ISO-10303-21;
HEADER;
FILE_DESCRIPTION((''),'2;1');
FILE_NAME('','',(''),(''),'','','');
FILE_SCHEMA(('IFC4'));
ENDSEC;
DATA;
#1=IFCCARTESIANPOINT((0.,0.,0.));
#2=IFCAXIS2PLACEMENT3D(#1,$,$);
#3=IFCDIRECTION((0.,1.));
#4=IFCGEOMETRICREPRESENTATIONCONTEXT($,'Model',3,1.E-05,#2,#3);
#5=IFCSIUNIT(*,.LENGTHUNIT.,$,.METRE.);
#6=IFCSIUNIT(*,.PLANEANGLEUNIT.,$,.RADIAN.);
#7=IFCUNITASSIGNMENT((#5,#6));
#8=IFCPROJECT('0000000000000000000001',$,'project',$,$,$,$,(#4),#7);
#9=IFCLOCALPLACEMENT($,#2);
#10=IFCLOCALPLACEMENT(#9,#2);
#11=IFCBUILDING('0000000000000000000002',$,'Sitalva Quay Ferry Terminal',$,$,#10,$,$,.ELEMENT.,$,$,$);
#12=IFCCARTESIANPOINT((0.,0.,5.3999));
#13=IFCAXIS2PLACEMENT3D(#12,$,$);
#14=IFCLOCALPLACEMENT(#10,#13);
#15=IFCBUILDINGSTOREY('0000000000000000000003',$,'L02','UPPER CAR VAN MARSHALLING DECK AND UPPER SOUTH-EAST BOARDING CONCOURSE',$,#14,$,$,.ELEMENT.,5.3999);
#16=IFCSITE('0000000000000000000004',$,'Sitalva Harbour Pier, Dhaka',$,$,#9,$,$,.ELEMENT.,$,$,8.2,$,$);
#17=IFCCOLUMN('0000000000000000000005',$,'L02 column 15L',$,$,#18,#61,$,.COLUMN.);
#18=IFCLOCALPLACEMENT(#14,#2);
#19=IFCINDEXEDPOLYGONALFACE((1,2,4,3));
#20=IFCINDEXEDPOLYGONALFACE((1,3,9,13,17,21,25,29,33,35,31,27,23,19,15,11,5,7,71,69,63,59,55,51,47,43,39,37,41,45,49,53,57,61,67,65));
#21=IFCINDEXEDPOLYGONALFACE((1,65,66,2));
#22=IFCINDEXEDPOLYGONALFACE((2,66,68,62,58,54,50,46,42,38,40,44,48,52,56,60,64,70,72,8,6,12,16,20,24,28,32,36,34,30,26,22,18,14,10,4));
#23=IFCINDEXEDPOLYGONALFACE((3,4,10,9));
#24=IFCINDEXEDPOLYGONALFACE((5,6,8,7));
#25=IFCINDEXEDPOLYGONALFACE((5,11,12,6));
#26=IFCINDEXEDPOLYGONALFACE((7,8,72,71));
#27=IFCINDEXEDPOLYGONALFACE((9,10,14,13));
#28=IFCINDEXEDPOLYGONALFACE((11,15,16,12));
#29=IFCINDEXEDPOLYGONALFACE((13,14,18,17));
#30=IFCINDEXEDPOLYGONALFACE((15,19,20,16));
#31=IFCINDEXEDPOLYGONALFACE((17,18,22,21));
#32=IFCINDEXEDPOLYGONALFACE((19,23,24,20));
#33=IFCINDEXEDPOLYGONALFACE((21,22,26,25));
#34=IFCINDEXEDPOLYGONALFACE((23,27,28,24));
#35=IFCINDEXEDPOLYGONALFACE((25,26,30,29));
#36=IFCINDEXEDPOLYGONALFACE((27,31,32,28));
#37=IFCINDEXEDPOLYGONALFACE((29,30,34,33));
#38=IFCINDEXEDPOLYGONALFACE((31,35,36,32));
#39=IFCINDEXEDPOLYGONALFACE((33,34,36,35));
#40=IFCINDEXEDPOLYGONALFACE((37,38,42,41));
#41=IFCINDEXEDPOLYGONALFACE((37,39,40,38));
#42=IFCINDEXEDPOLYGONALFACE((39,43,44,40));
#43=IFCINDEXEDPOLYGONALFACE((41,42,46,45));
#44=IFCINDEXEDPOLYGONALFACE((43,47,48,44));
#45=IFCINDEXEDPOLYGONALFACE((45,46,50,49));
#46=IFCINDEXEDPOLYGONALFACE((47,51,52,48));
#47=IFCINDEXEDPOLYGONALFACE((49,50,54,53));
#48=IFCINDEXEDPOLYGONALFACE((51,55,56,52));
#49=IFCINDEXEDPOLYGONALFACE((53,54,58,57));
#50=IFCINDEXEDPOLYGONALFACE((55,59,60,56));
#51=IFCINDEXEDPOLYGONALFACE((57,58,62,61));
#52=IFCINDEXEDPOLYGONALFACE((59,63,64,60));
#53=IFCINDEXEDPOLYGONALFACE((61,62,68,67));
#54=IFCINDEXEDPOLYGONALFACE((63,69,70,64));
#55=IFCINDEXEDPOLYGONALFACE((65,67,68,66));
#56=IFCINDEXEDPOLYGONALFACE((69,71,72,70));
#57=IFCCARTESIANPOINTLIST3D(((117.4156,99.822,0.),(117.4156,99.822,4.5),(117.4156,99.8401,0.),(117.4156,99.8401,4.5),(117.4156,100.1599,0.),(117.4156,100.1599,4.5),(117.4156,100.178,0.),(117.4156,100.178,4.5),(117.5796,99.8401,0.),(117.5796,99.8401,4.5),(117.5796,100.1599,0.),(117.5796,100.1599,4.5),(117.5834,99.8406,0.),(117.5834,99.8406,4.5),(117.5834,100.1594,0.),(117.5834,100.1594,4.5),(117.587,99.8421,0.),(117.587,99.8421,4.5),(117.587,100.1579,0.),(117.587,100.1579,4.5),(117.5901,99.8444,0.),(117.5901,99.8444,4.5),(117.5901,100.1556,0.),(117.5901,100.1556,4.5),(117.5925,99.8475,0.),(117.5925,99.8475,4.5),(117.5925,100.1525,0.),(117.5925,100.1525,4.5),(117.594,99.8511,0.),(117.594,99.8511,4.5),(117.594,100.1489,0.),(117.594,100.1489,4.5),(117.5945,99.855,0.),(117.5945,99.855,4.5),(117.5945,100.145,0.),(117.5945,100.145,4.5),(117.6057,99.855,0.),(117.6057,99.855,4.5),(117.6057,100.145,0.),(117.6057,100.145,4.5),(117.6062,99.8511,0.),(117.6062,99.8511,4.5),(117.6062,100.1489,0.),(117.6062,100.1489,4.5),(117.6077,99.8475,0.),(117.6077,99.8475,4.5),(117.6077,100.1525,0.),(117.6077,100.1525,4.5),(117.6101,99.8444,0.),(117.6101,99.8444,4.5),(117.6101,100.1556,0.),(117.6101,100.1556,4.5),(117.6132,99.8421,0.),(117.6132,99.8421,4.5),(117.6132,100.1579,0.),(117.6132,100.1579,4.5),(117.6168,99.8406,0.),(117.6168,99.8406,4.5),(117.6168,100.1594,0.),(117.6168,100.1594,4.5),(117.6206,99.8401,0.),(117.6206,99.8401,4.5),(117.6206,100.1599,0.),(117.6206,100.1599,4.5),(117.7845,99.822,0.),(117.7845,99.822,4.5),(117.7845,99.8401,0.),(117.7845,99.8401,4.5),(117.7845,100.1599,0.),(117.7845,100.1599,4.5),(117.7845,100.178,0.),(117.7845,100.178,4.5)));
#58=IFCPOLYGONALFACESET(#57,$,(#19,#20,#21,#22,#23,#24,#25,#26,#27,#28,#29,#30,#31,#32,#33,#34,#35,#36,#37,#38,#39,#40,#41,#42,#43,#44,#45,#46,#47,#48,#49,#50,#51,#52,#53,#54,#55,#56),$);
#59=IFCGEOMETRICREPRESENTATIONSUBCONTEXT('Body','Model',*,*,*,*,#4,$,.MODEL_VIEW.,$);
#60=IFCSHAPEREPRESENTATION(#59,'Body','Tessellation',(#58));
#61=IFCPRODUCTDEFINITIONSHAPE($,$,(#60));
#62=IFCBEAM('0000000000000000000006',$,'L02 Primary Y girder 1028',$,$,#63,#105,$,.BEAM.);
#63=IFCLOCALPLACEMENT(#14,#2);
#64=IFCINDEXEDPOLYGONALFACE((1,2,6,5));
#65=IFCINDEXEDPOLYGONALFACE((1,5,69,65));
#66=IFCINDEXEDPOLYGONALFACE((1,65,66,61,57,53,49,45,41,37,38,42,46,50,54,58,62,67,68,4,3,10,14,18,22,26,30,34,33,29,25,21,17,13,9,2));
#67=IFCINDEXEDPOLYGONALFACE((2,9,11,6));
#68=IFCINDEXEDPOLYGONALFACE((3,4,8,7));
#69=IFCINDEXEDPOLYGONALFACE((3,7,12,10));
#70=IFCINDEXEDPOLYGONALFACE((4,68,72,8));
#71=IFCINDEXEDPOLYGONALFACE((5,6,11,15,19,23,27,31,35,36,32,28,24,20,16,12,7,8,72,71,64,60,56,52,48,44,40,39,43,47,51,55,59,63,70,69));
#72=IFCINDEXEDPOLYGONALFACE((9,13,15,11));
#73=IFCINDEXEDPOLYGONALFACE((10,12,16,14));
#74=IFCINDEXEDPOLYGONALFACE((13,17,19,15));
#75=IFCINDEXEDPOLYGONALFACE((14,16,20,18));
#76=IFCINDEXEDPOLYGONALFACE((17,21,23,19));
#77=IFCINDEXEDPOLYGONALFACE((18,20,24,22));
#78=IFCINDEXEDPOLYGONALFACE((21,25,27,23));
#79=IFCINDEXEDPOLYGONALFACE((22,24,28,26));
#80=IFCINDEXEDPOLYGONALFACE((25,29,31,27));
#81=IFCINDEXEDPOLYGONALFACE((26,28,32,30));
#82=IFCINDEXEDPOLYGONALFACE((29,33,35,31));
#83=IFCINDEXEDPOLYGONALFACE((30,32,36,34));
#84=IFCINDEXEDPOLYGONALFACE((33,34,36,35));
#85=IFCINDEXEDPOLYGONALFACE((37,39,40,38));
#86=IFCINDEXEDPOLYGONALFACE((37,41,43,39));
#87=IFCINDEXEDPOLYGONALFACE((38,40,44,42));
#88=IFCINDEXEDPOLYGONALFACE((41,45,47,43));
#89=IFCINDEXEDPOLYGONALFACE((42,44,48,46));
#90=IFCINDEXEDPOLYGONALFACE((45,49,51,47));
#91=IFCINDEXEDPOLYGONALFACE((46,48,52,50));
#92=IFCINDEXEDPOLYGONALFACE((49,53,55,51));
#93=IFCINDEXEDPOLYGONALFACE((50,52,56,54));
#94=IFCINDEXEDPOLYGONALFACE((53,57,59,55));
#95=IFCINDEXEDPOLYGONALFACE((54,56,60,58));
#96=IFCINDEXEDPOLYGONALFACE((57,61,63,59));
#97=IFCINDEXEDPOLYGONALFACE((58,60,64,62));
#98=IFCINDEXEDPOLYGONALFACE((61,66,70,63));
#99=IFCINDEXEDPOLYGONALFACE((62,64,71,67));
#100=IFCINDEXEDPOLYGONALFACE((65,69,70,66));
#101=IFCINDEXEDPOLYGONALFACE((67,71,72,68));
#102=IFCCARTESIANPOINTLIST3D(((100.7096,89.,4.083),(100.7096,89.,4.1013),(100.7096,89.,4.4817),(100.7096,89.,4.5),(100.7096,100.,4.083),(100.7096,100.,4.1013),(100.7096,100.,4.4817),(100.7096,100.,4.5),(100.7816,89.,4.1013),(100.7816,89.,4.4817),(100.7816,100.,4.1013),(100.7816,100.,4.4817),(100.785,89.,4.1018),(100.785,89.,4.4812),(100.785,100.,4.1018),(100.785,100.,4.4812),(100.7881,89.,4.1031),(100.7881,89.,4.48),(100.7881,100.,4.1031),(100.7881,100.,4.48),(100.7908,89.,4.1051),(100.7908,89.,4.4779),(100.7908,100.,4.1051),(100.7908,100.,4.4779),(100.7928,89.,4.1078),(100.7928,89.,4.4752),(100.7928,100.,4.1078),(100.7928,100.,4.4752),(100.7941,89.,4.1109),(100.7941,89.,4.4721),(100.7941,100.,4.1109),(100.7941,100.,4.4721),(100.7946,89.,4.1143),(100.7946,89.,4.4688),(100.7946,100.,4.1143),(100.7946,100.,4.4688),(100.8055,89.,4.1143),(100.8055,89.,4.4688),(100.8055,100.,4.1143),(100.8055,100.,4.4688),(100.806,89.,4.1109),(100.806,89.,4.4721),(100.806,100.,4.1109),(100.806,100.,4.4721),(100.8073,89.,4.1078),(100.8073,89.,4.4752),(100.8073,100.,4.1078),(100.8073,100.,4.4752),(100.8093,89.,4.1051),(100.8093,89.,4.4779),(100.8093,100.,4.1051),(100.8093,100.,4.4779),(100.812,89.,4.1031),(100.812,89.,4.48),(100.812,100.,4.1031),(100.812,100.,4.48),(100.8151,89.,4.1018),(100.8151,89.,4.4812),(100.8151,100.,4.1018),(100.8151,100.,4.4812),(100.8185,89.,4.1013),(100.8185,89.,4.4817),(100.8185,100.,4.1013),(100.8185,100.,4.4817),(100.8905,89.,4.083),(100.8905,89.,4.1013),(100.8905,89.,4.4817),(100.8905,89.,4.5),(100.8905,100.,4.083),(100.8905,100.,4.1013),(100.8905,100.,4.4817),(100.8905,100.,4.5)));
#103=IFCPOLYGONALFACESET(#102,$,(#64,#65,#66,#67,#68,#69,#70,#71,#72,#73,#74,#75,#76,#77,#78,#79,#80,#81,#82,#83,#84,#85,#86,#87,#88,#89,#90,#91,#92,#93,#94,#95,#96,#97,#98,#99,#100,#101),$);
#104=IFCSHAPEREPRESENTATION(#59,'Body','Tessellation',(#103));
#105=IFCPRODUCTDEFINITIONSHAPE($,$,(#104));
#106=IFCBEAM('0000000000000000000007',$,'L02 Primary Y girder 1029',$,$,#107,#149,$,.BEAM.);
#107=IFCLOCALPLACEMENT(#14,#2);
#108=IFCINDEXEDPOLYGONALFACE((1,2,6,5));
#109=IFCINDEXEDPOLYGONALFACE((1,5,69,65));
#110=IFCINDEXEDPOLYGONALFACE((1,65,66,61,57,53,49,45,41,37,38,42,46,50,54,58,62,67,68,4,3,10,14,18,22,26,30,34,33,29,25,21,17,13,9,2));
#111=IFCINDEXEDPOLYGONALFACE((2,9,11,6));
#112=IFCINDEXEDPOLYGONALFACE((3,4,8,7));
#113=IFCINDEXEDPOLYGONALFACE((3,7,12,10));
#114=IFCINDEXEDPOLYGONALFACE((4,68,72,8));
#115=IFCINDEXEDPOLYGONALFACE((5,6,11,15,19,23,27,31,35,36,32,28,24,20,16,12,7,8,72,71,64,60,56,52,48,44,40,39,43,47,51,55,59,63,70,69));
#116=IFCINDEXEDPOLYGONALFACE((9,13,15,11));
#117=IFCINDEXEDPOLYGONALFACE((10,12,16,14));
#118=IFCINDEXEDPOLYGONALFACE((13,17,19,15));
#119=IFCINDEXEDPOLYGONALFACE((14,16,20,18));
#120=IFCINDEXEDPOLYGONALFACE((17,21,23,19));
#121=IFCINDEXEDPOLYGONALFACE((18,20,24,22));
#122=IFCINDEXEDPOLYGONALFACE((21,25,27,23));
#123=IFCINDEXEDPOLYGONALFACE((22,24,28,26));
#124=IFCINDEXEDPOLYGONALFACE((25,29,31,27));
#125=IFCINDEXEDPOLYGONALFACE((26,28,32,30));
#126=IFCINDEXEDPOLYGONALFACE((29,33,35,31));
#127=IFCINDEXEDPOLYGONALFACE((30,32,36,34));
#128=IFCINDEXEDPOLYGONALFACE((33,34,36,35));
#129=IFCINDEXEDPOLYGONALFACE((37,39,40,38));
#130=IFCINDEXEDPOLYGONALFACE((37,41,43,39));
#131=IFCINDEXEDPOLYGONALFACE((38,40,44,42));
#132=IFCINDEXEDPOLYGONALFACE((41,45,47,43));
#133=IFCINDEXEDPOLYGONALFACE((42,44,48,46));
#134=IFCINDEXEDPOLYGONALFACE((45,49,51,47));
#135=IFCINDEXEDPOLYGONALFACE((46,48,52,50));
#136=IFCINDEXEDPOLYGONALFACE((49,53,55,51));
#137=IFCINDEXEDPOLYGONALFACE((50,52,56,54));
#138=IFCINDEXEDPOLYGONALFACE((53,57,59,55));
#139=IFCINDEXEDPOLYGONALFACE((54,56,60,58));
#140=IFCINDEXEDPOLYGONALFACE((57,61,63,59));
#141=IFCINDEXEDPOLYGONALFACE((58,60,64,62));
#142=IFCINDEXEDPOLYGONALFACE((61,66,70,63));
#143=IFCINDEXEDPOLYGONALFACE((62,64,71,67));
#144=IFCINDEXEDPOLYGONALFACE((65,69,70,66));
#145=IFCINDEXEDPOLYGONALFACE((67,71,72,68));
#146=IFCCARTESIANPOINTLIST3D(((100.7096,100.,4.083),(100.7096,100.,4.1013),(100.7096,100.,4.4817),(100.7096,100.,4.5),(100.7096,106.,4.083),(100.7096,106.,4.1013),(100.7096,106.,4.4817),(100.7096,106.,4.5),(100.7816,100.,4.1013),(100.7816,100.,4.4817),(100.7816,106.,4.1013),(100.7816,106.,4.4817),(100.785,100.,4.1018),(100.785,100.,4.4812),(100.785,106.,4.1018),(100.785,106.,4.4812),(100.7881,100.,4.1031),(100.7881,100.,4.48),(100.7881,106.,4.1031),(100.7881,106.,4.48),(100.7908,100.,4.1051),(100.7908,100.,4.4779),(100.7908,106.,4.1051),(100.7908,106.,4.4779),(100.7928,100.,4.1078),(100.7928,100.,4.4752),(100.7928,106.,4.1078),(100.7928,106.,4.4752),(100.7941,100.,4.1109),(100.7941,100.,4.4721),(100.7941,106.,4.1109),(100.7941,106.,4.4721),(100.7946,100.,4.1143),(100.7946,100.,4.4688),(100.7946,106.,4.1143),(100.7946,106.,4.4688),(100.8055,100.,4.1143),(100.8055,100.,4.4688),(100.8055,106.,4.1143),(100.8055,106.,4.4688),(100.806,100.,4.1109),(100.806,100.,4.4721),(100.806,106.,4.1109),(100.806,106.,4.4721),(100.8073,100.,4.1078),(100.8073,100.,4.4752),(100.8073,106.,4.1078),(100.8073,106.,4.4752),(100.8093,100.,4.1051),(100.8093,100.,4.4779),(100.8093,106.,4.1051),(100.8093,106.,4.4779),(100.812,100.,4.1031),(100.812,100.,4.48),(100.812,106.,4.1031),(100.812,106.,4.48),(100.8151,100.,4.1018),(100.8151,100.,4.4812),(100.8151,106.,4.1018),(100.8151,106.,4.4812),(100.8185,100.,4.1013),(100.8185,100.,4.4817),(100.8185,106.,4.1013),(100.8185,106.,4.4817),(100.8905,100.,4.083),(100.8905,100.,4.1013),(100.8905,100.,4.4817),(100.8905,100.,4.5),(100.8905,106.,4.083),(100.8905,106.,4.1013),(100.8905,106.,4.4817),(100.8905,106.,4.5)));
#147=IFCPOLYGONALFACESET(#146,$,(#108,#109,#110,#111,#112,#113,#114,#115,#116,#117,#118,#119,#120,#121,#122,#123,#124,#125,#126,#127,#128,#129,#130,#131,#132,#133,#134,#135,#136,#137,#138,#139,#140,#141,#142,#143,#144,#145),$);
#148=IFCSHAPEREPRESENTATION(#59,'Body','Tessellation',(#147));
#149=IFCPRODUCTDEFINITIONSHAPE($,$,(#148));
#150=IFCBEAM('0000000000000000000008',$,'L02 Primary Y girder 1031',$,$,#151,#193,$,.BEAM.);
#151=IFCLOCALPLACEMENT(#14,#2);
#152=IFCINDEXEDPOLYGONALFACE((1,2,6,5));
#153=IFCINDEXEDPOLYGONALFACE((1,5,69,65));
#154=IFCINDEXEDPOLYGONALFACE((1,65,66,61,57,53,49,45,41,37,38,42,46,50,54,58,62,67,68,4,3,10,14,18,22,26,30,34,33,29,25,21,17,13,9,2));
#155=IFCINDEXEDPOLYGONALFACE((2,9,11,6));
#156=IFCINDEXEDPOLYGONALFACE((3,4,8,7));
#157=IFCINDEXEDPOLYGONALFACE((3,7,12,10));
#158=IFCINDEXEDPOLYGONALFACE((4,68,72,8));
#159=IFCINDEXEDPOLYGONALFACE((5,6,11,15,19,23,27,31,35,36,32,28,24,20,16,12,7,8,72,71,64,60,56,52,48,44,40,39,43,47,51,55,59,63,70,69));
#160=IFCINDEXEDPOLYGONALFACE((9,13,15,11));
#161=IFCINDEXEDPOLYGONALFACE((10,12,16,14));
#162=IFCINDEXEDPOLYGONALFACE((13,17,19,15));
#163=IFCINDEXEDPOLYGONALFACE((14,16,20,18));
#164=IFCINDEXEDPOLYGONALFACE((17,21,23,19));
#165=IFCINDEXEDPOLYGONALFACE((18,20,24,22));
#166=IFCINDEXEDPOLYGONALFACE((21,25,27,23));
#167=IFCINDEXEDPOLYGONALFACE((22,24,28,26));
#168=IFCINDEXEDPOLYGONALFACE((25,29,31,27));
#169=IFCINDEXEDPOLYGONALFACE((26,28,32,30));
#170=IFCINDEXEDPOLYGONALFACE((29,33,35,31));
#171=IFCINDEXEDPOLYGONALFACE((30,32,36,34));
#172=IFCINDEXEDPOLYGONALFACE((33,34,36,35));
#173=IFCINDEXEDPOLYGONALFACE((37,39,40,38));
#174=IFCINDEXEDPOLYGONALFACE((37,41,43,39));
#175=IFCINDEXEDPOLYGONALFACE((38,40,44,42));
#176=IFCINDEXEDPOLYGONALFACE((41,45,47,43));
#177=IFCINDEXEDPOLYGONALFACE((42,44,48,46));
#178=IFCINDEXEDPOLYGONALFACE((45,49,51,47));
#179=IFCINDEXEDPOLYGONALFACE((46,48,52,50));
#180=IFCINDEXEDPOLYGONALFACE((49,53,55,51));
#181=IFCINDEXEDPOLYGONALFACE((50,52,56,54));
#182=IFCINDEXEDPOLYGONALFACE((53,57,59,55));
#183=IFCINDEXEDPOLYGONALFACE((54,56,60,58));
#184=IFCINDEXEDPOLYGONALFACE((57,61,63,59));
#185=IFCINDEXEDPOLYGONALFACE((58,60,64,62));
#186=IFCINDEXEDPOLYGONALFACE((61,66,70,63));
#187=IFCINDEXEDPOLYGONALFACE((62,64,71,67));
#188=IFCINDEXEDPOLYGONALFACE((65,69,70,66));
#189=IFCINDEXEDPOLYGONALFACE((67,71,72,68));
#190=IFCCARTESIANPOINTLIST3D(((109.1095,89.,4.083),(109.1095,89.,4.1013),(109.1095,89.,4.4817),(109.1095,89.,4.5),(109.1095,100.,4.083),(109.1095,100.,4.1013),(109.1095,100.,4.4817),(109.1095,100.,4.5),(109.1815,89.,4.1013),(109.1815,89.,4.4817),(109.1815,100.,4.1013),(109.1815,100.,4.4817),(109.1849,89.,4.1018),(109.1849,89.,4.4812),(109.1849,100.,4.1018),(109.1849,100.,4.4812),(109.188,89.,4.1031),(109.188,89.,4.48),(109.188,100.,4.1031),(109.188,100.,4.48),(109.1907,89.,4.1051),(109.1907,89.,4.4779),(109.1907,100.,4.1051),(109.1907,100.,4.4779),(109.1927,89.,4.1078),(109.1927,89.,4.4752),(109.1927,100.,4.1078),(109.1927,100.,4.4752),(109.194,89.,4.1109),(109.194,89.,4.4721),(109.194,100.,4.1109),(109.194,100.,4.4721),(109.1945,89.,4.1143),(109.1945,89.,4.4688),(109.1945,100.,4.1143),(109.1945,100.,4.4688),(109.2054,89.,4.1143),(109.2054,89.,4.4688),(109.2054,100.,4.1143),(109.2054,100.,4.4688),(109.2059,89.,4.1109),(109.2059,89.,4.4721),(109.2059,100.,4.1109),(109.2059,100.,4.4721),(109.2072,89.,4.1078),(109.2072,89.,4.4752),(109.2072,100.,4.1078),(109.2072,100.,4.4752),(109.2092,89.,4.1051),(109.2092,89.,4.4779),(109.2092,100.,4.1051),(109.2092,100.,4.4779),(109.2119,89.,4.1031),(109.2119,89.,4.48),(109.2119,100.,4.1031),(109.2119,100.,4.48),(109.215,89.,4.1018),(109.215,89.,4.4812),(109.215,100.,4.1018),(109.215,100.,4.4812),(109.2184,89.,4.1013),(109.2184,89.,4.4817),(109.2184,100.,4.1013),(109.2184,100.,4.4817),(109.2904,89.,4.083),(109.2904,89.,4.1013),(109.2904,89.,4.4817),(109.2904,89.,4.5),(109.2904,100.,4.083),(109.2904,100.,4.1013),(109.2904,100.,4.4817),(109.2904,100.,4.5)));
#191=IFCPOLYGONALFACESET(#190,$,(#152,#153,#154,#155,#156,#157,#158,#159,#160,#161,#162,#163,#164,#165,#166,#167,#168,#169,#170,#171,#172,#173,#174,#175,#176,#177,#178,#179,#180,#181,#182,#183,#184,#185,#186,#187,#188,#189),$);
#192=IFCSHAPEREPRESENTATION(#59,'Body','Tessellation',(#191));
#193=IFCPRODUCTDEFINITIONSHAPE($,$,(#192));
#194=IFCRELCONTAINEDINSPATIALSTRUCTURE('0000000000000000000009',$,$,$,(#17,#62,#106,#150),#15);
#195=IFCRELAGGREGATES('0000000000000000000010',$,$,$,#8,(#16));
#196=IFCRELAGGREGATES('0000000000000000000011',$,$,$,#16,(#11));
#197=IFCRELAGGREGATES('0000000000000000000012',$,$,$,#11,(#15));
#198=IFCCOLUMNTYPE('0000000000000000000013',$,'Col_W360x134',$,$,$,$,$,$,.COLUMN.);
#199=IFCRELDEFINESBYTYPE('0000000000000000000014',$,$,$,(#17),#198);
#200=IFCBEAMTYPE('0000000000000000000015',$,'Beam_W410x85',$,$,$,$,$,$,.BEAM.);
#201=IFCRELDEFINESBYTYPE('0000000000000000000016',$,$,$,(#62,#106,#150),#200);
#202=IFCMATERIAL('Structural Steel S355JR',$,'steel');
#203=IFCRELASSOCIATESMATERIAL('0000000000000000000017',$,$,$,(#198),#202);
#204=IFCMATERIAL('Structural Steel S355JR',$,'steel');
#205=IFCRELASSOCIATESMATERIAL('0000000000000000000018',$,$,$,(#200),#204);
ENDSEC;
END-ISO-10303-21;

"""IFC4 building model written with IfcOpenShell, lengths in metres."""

from ifc_helpers import new_model, si_unit, direction, frame, origin, origin_2d, place, context, subcontext, project, spatial, i_section, extrude, material, material_profile, profile_set, type_object, element, save


model = new_model("IFC4")

# Units and contexts
model_context = context("Model", 3, precision=1e-05, world=origin(), true_north=direction((0.0, 1.0)))
body_context = subcontext(model_context, "Body", "Model", "MODEL_VIEW")
ifc_project = project(units=[si_unit("LENGTHUNIT", "METRE"), si_unit("PLANEANGLEUNIT", "RADIAN")], contexts=[model_context])

# Site, building, storey
site_placement = place(None, origin())
site = spatial("IfcSite", under=ifc_project, at=site_placement, Name="Sitalva Harbour Pier, Dhaka", CompositionType="ELEMENT", RefElevation=8.2)
building_placement = place(site_placement, origin())
building = spatial("IfcBuilding", under=site, at=building_placement, Name="Sitalva Quay Ferry Terminal", CompositionType="ELEMENT")
storey_placement = place(building_placement, frame((0.0, 0.0, 5.3999)))
storey = spatial("IfcBuildingStorey", under=building, at=storey_placement, Name="L02", Description="UPPER CAR VAN MARSHALLING DECK AND UPPER SOUTH-EAST BOARDING CONCOURSE", CompositionType="ELEMENT", Elevation=5.3999)

# Column
ifc_material_1 = material(Name="Structural Steel S355JR", Category="steel")
ifc_material_profile_1 = material_profile(ifc_material_1, i_section(OverallWidth=0.3689, OverallDepth=0.356, WebThickness=0.0112, FlangeThickness=0.0181, FilletRadius=0.0149, at=origin_2d()), Name="W360x134")
ifc_profile_set_1 = profile_set([ifc_material_profile_1], Name="Structural Steel S355JR")
column_type = type_object("IfcColumnType", Name="Col_W360x134", PredefinedType="COLUMN", material=ifc_profile_set_1)
for number, where, z_axis, x_axis, name in (
    (1, (117.6001, 100.0, 0.0), (0.0, 0.0, 1.0), (1.0, 0.0, 0.0), "L02 column 15L"),
):
    element("IfcColumn", number, at=place(storey_placement, frame(where, z_axis=z_axis, x_axis=x_axis)), inside=storey, type_object=column_type, Name=name, PredefinedType="COLUMN", context=body_context, shape_type="SweptSolid", body=[
        extrude(i_section(OverallWidth=0.3689, OverallDepth=0.356, WebThickness=0.0112, FlangeThickness=0.0181, FilletRadius=0.0149, at=origin_2d()), origin(), (0.0, 0.0, 1.0), 4.5),
    ])

# Beams
ifc_material_2 = material(Name="Structural Steel S355JR", Category="steel")
ifc_material_profile_2 = material_profile(ifc_material_2, i_section(OverallWidth=0.1809, OverallDepth=0.417, WebThickness=0.011, FlangeThickness=0.0183, FilletRadius=0.0129, at=origin_2d()), Name="W410x85")
ifc_profile_set_2 = profile_set([ifc_material_profile_2], Name="Structural Steel S355JR")
beam_type_1 = type_object("IfcBeamType", Name="Beam_W410x85", PredefinedType="BEAM", material=ifc_profile_set_2)
beam_1_placement = place(storey_placement, frame((100.8, 89.0, 4.2915), z_axis=(0.0, 1.0, 0.0), x_axis=(-1.0, 0.0, 0.0)))
element("IfcBeam", 2, at=beam_1_placement, inside=storey, type_object=beam_type_1, Name="L02 Primary Y girder 1028", PredefinedType="BEAM", context=body_context, shape_type="SweptSolid", body=[
    extrude(i_section(OverallWidth=0.1809, OverallDepth=0.417, WebThickness=0.011, FlangeThickness=0.0183, FilletRadius=0.0129, at=origin_2d()), origin(), (0.0, 0.0, 1.0), 11.0),
])
beam_2_placement = place(storey_placement, frame((100.8, 100.0, 4.2915), z_axis=(0.0, 1.0, 0.0), x_axis=(-1.0, 0.0, 0.0)))
element("IfcBeam", 3, at=beam_2_placement, inside=storey, type_object=beam_type_1, Name="L02 Primary Y girder 1029", PredefinedType="BEAM", context=body_context, shape_type="SweptSolid", body=[
    extrude(i_section(OverallWidth=0.1809, OverallDepth=0.417, WebThickness=0.011, FlangeThickness=0.0183, FilletRadius=0.0129, at=origin_2d()), origin(), (0.0, 0.0, 1.0), 6.0),
])
beam_3_placement = place(storey_placement, frame((109.2, 89.0, 4.2915), z_axis=(0.0, 1.0, 0.0), x_axis=(-1.0, 0.0, 0.0)))
element("IfcBeam", 4, at=beam_3_placement, inside=storey, type_object=beam_type_1, Name="L02 Primary Y girder 1031", PredefinedType="BEAM", context=body_context, shape_type="SweptSolid", body=[
    extrude(i_section(OverallWidth=0.1809, OverallDepth=0.417, WebThickness=0.011, FlangeThickness=0.0183, FilletRadius=0.0129, at=origin_2d()), origin(), (0.0, 0.0, 1.0), 11.0),
])

save(model, "model.ifc")
